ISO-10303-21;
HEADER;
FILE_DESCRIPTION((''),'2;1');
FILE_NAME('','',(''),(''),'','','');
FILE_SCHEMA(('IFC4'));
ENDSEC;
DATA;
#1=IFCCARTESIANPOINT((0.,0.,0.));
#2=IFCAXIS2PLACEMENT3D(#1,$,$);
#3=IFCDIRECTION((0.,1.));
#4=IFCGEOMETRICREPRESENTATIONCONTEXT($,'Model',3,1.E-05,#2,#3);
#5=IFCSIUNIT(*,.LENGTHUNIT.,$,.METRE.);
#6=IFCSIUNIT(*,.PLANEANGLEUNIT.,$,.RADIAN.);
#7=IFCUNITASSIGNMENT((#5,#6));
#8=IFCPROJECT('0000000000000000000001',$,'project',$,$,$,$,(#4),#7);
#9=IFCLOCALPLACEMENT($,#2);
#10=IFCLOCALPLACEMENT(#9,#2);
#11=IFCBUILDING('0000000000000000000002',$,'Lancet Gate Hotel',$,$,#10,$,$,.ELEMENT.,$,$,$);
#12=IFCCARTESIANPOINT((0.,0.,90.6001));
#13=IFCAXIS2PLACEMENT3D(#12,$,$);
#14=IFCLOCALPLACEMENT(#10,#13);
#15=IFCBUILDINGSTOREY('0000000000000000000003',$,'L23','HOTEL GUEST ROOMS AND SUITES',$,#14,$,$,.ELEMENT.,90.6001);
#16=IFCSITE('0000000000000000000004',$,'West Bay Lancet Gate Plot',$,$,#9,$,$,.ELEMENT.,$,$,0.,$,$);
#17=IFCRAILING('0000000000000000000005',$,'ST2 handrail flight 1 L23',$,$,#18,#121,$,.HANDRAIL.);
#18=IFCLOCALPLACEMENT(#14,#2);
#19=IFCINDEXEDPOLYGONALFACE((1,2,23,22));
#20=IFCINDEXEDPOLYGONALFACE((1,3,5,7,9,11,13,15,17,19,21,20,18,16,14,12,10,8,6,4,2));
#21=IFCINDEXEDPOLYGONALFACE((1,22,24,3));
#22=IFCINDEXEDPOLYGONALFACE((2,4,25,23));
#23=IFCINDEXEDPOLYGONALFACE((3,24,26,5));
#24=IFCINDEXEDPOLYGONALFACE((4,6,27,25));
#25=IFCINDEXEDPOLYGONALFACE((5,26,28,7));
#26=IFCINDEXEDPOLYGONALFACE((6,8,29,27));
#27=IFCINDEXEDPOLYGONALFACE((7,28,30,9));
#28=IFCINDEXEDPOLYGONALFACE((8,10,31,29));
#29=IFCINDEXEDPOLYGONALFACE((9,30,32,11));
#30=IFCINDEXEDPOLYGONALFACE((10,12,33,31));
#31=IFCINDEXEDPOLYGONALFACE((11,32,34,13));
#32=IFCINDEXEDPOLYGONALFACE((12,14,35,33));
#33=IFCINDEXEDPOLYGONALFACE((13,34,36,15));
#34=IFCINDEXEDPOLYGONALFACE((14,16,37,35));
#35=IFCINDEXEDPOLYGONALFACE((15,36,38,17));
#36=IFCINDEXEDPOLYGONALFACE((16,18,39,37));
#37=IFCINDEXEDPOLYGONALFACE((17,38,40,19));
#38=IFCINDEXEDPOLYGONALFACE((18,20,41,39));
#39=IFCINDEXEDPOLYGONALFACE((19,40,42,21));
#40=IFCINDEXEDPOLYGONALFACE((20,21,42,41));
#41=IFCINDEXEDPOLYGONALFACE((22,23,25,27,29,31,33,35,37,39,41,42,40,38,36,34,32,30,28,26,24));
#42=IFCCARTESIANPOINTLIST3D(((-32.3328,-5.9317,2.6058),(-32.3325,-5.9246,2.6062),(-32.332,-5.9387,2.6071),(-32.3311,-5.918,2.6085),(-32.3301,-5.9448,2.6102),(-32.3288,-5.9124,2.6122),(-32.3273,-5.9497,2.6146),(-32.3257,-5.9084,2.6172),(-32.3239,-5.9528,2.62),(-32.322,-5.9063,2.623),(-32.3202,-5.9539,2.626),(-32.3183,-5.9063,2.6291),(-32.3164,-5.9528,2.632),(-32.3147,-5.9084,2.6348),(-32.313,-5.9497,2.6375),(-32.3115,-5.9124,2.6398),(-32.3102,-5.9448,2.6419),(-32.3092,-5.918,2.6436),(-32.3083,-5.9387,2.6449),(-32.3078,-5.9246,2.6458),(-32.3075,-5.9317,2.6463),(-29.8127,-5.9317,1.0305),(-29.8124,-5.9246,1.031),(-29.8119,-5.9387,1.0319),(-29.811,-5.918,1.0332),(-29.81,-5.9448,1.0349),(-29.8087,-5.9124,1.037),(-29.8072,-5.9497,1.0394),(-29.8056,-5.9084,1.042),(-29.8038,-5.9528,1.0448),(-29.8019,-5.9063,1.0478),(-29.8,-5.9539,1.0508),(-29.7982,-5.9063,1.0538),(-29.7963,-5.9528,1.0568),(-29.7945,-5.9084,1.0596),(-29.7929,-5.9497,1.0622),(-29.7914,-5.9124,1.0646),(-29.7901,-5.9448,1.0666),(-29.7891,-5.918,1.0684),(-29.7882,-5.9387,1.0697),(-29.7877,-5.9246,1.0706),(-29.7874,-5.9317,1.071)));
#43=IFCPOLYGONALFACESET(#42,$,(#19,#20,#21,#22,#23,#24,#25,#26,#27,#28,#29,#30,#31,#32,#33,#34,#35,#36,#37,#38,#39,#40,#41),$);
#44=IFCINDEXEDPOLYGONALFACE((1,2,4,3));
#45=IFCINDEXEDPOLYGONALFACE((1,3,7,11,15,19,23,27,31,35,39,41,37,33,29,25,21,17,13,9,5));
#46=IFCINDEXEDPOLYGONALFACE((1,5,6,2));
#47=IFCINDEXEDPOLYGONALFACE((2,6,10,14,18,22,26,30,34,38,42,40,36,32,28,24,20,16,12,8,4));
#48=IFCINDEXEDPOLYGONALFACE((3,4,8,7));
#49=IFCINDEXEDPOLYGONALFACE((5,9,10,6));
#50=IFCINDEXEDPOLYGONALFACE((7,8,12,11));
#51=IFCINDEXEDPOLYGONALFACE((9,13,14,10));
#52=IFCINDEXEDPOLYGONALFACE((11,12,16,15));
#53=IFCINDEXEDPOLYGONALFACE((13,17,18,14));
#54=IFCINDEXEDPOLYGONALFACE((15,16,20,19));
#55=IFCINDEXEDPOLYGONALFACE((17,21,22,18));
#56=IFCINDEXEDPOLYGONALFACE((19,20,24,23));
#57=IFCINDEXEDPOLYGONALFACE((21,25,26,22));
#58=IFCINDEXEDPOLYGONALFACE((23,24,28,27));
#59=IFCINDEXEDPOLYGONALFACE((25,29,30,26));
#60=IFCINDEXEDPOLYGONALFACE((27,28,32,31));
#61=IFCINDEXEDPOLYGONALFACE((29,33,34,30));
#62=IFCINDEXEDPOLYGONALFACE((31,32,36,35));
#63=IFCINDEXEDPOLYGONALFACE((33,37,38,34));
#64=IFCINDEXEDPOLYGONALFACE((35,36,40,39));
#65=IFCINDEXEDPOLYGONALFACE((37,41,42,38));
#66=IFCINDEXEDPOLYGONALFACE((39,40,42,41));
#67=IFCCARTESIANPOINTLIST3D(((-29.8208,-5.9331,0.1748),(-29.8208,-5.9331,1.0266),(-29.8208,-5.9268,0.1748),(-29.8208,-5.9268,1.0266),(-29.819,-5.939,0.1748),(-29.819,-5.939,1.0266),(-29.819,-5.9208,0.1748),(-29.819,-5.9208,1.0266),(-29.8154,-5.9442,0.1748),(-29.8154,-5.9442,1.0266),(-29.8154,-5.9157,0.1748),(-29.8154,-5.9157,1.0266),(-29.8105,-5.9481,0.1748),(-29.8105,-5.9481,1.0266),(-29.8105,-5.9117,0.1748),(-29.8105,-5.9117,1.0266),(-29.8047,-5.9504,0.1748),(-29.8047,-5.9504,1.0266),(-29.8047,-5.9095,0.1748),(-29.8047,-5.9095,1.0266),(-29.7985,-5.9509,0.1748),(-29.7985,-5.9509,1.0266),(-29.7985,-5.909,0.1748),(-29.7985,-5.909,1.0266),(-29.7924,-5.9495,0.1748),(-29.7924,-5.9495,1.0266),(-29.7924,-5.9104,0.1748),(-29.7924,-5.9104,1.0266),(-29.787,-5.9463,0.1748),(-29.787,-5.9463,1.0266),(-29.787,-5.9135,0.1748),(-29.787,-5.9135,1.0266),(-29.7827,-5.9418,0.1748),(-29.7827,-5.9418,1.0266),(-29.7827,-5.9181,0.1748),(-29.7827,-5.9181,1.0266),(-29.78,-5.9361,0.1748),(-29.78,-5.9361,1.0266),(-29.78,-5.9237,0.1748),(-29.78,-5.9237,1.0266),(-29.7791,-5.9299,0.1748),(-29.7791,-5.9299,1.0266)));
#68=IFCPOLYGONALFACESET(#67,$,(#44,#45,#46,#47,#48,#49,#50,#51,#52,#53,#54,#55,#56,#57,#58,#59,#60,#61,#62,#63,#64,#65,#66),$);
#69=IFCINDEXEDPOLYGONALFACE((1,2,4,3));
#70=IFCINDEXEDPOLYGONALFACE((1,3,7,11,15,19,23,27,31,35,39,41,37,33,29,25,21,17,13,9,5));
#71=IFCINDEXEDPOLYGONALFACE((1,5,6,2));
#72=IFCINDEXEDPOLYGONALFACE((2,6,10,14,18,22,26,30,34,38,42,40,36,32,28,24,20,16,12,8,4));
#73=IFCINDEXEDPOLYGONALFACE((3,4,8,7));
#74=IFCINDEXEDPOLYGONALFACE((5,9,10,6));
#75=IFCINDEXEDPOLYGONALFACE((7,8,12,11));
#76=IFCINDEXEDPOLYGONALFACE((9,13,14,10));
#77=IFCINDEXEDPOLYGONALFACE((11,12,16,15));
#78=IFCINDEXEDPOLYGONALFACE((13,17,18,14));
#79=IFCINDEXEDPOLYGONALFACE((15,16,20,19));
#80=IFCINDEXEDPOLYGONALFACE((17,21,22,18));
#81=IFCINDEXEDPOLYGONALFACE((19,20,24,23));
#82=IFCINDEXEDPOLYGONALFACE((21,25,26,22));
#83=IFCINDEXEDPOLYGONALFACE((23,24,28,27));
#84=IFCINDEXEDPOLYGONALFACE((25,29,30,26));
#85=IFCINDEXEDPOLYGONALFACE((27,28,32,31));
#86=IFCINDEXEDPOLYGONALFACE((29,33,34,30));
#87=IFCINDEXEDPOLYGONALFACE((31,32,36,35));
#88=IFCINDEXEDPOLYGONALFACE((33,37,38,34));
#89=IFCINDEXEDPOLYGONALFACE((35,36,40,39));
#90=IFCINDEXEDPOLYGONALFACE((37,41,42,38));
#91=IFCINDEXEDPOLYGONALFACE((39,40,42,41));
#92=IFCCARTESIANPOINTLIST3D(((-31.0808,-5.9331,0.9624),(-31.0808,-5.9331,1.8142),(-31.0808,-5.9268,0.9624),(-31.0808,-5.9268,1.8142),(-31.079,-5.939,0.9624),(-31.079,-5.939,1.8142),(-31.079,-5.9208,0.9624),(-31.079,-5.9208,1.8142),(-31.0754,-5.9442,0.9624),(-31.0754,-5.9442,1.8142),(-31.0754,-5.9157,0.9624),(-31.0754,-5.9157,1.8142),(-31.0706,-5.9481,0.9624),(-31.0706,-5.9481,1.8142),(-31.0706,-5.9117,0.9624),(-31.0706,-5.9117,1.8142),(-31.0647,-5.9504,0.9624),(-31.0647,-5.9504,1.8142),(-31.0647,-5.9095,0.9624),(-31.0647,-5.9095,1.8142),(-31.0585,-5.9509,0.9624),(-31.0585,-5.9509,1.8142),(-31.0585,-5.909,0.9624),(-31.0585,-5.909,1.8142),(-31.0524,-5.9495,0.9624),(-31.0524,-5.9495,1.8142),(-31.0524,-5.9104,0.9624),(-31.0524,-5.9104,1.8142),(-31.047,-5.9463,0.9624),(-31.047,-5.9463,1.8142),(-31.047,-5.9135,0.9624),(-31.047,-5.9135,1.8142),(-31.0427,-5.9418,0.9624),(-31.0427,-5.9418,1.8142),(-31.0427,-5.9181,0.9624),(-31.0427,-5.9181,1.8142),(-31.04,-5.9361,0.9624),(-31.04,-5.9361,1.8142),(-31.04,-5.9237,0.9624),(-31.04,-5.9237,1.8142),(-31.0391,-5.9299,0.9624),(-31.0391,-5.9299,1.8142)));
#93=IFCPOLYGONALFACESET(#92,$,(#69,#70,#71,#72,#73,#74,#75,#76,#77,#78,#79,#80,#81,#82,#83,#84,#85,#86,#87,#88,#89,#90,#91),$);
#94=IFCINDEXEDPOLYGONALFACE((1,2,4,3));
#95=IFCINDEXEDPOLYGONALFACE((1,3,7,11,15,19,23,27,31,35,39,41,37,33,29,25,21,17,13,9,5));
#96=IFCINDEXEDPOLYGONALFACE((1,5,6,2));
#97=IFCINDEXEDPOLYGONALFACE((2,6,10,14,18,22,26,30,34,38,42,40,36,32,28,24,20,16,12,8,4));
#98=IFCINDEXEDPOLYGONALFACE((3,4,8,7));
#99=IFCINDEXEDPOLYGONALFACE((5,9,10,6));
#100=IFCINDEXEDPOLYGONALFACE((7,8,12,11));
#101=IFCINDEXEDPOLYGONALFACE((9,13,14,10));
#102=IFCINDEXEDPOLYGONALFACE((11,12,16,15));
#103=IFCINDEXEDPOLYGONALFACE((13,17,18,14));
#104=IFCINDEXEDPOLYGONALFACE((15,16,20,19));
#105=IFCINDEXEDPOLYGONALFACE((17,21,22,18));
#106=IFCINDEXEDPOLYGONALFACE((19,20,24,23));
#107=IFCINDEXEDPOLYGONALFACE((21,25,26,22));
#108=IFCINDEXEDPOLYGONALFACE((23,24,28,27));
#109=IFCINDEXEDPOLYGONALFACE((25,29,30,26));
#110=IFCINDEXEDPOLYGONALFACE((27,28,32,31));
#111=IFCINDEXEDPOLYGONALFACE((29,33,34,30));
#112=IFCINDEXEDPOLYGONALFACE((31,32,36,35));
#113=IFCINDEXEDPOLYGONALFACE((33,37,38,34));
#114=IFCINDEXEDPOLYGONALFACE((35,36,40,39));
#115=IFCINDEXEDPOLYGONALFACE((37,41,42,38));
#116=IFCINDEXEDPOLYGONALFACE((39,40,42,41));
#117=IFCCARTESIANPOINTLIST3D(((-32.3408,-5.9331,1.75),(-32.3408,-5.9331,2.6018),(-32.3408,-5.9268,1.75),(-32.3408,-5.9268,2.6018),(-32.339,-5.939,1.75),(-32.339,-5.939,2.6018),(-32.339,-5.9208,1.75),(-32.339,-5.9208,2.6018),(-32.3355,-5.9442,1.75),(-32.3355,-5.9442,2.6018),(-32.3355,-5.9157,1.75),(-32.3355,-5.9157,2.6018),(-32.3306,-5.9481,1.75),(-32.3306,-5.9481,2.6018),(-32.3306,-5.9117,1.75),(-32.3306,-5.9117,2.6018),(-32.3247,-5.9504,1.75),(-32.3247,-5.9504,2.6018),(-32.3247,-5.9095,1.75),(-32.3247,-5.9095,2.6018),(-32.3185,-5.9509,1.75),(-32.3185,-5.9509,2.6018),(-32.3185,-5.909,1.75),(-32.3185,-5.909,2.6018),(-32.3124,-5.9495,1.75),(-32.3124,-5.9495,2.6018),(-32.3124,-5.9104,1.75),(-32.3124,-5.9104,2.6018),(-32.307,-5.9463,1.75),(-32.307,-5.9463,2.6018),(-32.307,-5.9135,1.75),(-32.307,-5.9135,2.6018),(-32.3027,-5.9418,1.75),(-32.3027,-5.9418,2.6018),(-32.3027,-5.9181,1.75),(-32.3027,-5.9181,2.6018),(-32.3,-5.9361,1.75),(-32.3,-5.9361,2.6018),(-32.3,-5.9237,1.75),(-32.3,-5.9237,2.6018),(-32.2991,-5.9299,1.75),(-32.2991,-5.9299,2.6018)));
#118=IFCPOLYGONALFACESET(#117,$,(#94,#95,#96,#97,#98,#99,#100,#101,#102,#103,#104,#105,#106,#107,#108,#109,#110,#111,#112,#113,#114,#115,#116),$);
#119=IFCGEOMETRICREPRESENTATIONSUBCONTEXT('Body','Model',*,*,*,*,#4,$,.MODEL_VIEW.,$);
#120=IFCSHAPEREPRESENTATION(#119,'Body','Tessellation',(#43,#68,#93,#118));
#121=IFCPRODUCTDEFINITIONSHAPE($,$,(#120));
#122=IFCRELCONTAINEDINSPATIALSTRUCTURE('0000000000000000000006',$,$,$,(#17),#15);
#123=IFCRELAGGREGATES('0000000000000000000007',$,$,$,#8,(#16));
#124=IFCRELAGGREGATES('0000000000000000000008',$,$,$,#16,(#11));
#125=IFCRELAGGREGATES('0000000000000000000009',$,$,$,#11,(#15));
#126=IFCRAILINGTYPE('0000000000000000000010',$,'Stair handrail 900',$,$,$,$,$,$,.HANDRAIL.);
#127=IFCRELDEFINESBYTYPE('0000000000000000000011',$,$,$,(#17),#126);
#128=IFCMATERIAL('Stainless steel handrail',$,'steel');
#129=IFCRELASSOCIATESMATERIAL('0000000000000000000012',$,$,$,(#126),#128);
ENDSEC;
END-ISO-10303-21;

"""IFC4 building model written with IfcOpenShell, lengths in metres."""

from ifc_helpers import new_model, si_unit, direction, frame, origin, origin_2d, place, context, subcontext, project, spatial, circle, extrude, material, type_object, element, save


model = new_model("IFC4")

# Units and contexts
model_context = context("Model", 3, precision=1e-05, world=origin(), true_north=direction((0.0, 1.0)))
body_context = subcontext(model_context, "Body", "Model", "MODEL_VIEW")
ifc_project = project(units=[si_unit("LENGTHUNIT", "METRE"), si_unit("PLANEANGLEUNIT", "RADIAN")], contexts=[model_context])

# Site, building, storey
site_placement = place(None, origin())
site = spatial("IfcSite", under=ifc_project, at=site_placement, Name="West Bay Lancet Gate Plot", CompositionType="ELEMENT", RefElevation=0.0)
building_placement = place(site_placement, origin())
building = spatial("IfcBuilding", under=site, at=building_placement, Name="Lancet Gate Hotel", CompositionType="ELEMENT")
storey_placement = place(building_placement, frame((0.0, 0.0, 90.6001)))
storey = spatial("IfcBuildingStorey", under=building, at=storey_placement, Name="L23", Description="HOTEL GUEST ROOMS AND SUITES", CompositionType="ELEMENT", Elevation=90.6001)

# Railing
ifc_material_1 = material(Name="Stainless steel handrail", Category="steel")
railing_type = type_object("IfcRailingType", Name="Stair handrail 900", PredefinedType="HANDRAIL", material=ifc_material_1)
railing_1_placement = place(storey_placement, frame((-29.8, -5.9299, 0.1748)))
element("IfcRailing", 1, at=railing_1_placement, inside=storey, type_object=railing_type, Name="ST2 handrail flight 1 L23", PredefinedType="HANDRAIL", context=body_context, shape_type="SweptSolid", body=[
    extrude(circle(Radius=0.0239, at=origin_2d()), frame((0.0, 0.0, 0.876), z_axis=(-0.847971, 0.0, 0.530043), x_axis=(0.0, -1.0, 0.0)), (0.0, 0.0, 1.0), 2.9719),
    extrude(circle(Radius=0.021, at=origin_2d()), origin(), (0.0, 0.0, 1.0), 0.8518),
    extrude(circle(Radius=0.021, at=origin_2d()), frame((-1.26, 0.0, 0.7876)), (0.0, 0.0, 1.0), 0.8518),
    extrude(circle(Radius=0.021, at=origin_2d()), frame((-2.52, 0.0, 1.5752)), (0.0, 0.0, 1.0), 0.8518),
])

save(model, "model.ifc")
